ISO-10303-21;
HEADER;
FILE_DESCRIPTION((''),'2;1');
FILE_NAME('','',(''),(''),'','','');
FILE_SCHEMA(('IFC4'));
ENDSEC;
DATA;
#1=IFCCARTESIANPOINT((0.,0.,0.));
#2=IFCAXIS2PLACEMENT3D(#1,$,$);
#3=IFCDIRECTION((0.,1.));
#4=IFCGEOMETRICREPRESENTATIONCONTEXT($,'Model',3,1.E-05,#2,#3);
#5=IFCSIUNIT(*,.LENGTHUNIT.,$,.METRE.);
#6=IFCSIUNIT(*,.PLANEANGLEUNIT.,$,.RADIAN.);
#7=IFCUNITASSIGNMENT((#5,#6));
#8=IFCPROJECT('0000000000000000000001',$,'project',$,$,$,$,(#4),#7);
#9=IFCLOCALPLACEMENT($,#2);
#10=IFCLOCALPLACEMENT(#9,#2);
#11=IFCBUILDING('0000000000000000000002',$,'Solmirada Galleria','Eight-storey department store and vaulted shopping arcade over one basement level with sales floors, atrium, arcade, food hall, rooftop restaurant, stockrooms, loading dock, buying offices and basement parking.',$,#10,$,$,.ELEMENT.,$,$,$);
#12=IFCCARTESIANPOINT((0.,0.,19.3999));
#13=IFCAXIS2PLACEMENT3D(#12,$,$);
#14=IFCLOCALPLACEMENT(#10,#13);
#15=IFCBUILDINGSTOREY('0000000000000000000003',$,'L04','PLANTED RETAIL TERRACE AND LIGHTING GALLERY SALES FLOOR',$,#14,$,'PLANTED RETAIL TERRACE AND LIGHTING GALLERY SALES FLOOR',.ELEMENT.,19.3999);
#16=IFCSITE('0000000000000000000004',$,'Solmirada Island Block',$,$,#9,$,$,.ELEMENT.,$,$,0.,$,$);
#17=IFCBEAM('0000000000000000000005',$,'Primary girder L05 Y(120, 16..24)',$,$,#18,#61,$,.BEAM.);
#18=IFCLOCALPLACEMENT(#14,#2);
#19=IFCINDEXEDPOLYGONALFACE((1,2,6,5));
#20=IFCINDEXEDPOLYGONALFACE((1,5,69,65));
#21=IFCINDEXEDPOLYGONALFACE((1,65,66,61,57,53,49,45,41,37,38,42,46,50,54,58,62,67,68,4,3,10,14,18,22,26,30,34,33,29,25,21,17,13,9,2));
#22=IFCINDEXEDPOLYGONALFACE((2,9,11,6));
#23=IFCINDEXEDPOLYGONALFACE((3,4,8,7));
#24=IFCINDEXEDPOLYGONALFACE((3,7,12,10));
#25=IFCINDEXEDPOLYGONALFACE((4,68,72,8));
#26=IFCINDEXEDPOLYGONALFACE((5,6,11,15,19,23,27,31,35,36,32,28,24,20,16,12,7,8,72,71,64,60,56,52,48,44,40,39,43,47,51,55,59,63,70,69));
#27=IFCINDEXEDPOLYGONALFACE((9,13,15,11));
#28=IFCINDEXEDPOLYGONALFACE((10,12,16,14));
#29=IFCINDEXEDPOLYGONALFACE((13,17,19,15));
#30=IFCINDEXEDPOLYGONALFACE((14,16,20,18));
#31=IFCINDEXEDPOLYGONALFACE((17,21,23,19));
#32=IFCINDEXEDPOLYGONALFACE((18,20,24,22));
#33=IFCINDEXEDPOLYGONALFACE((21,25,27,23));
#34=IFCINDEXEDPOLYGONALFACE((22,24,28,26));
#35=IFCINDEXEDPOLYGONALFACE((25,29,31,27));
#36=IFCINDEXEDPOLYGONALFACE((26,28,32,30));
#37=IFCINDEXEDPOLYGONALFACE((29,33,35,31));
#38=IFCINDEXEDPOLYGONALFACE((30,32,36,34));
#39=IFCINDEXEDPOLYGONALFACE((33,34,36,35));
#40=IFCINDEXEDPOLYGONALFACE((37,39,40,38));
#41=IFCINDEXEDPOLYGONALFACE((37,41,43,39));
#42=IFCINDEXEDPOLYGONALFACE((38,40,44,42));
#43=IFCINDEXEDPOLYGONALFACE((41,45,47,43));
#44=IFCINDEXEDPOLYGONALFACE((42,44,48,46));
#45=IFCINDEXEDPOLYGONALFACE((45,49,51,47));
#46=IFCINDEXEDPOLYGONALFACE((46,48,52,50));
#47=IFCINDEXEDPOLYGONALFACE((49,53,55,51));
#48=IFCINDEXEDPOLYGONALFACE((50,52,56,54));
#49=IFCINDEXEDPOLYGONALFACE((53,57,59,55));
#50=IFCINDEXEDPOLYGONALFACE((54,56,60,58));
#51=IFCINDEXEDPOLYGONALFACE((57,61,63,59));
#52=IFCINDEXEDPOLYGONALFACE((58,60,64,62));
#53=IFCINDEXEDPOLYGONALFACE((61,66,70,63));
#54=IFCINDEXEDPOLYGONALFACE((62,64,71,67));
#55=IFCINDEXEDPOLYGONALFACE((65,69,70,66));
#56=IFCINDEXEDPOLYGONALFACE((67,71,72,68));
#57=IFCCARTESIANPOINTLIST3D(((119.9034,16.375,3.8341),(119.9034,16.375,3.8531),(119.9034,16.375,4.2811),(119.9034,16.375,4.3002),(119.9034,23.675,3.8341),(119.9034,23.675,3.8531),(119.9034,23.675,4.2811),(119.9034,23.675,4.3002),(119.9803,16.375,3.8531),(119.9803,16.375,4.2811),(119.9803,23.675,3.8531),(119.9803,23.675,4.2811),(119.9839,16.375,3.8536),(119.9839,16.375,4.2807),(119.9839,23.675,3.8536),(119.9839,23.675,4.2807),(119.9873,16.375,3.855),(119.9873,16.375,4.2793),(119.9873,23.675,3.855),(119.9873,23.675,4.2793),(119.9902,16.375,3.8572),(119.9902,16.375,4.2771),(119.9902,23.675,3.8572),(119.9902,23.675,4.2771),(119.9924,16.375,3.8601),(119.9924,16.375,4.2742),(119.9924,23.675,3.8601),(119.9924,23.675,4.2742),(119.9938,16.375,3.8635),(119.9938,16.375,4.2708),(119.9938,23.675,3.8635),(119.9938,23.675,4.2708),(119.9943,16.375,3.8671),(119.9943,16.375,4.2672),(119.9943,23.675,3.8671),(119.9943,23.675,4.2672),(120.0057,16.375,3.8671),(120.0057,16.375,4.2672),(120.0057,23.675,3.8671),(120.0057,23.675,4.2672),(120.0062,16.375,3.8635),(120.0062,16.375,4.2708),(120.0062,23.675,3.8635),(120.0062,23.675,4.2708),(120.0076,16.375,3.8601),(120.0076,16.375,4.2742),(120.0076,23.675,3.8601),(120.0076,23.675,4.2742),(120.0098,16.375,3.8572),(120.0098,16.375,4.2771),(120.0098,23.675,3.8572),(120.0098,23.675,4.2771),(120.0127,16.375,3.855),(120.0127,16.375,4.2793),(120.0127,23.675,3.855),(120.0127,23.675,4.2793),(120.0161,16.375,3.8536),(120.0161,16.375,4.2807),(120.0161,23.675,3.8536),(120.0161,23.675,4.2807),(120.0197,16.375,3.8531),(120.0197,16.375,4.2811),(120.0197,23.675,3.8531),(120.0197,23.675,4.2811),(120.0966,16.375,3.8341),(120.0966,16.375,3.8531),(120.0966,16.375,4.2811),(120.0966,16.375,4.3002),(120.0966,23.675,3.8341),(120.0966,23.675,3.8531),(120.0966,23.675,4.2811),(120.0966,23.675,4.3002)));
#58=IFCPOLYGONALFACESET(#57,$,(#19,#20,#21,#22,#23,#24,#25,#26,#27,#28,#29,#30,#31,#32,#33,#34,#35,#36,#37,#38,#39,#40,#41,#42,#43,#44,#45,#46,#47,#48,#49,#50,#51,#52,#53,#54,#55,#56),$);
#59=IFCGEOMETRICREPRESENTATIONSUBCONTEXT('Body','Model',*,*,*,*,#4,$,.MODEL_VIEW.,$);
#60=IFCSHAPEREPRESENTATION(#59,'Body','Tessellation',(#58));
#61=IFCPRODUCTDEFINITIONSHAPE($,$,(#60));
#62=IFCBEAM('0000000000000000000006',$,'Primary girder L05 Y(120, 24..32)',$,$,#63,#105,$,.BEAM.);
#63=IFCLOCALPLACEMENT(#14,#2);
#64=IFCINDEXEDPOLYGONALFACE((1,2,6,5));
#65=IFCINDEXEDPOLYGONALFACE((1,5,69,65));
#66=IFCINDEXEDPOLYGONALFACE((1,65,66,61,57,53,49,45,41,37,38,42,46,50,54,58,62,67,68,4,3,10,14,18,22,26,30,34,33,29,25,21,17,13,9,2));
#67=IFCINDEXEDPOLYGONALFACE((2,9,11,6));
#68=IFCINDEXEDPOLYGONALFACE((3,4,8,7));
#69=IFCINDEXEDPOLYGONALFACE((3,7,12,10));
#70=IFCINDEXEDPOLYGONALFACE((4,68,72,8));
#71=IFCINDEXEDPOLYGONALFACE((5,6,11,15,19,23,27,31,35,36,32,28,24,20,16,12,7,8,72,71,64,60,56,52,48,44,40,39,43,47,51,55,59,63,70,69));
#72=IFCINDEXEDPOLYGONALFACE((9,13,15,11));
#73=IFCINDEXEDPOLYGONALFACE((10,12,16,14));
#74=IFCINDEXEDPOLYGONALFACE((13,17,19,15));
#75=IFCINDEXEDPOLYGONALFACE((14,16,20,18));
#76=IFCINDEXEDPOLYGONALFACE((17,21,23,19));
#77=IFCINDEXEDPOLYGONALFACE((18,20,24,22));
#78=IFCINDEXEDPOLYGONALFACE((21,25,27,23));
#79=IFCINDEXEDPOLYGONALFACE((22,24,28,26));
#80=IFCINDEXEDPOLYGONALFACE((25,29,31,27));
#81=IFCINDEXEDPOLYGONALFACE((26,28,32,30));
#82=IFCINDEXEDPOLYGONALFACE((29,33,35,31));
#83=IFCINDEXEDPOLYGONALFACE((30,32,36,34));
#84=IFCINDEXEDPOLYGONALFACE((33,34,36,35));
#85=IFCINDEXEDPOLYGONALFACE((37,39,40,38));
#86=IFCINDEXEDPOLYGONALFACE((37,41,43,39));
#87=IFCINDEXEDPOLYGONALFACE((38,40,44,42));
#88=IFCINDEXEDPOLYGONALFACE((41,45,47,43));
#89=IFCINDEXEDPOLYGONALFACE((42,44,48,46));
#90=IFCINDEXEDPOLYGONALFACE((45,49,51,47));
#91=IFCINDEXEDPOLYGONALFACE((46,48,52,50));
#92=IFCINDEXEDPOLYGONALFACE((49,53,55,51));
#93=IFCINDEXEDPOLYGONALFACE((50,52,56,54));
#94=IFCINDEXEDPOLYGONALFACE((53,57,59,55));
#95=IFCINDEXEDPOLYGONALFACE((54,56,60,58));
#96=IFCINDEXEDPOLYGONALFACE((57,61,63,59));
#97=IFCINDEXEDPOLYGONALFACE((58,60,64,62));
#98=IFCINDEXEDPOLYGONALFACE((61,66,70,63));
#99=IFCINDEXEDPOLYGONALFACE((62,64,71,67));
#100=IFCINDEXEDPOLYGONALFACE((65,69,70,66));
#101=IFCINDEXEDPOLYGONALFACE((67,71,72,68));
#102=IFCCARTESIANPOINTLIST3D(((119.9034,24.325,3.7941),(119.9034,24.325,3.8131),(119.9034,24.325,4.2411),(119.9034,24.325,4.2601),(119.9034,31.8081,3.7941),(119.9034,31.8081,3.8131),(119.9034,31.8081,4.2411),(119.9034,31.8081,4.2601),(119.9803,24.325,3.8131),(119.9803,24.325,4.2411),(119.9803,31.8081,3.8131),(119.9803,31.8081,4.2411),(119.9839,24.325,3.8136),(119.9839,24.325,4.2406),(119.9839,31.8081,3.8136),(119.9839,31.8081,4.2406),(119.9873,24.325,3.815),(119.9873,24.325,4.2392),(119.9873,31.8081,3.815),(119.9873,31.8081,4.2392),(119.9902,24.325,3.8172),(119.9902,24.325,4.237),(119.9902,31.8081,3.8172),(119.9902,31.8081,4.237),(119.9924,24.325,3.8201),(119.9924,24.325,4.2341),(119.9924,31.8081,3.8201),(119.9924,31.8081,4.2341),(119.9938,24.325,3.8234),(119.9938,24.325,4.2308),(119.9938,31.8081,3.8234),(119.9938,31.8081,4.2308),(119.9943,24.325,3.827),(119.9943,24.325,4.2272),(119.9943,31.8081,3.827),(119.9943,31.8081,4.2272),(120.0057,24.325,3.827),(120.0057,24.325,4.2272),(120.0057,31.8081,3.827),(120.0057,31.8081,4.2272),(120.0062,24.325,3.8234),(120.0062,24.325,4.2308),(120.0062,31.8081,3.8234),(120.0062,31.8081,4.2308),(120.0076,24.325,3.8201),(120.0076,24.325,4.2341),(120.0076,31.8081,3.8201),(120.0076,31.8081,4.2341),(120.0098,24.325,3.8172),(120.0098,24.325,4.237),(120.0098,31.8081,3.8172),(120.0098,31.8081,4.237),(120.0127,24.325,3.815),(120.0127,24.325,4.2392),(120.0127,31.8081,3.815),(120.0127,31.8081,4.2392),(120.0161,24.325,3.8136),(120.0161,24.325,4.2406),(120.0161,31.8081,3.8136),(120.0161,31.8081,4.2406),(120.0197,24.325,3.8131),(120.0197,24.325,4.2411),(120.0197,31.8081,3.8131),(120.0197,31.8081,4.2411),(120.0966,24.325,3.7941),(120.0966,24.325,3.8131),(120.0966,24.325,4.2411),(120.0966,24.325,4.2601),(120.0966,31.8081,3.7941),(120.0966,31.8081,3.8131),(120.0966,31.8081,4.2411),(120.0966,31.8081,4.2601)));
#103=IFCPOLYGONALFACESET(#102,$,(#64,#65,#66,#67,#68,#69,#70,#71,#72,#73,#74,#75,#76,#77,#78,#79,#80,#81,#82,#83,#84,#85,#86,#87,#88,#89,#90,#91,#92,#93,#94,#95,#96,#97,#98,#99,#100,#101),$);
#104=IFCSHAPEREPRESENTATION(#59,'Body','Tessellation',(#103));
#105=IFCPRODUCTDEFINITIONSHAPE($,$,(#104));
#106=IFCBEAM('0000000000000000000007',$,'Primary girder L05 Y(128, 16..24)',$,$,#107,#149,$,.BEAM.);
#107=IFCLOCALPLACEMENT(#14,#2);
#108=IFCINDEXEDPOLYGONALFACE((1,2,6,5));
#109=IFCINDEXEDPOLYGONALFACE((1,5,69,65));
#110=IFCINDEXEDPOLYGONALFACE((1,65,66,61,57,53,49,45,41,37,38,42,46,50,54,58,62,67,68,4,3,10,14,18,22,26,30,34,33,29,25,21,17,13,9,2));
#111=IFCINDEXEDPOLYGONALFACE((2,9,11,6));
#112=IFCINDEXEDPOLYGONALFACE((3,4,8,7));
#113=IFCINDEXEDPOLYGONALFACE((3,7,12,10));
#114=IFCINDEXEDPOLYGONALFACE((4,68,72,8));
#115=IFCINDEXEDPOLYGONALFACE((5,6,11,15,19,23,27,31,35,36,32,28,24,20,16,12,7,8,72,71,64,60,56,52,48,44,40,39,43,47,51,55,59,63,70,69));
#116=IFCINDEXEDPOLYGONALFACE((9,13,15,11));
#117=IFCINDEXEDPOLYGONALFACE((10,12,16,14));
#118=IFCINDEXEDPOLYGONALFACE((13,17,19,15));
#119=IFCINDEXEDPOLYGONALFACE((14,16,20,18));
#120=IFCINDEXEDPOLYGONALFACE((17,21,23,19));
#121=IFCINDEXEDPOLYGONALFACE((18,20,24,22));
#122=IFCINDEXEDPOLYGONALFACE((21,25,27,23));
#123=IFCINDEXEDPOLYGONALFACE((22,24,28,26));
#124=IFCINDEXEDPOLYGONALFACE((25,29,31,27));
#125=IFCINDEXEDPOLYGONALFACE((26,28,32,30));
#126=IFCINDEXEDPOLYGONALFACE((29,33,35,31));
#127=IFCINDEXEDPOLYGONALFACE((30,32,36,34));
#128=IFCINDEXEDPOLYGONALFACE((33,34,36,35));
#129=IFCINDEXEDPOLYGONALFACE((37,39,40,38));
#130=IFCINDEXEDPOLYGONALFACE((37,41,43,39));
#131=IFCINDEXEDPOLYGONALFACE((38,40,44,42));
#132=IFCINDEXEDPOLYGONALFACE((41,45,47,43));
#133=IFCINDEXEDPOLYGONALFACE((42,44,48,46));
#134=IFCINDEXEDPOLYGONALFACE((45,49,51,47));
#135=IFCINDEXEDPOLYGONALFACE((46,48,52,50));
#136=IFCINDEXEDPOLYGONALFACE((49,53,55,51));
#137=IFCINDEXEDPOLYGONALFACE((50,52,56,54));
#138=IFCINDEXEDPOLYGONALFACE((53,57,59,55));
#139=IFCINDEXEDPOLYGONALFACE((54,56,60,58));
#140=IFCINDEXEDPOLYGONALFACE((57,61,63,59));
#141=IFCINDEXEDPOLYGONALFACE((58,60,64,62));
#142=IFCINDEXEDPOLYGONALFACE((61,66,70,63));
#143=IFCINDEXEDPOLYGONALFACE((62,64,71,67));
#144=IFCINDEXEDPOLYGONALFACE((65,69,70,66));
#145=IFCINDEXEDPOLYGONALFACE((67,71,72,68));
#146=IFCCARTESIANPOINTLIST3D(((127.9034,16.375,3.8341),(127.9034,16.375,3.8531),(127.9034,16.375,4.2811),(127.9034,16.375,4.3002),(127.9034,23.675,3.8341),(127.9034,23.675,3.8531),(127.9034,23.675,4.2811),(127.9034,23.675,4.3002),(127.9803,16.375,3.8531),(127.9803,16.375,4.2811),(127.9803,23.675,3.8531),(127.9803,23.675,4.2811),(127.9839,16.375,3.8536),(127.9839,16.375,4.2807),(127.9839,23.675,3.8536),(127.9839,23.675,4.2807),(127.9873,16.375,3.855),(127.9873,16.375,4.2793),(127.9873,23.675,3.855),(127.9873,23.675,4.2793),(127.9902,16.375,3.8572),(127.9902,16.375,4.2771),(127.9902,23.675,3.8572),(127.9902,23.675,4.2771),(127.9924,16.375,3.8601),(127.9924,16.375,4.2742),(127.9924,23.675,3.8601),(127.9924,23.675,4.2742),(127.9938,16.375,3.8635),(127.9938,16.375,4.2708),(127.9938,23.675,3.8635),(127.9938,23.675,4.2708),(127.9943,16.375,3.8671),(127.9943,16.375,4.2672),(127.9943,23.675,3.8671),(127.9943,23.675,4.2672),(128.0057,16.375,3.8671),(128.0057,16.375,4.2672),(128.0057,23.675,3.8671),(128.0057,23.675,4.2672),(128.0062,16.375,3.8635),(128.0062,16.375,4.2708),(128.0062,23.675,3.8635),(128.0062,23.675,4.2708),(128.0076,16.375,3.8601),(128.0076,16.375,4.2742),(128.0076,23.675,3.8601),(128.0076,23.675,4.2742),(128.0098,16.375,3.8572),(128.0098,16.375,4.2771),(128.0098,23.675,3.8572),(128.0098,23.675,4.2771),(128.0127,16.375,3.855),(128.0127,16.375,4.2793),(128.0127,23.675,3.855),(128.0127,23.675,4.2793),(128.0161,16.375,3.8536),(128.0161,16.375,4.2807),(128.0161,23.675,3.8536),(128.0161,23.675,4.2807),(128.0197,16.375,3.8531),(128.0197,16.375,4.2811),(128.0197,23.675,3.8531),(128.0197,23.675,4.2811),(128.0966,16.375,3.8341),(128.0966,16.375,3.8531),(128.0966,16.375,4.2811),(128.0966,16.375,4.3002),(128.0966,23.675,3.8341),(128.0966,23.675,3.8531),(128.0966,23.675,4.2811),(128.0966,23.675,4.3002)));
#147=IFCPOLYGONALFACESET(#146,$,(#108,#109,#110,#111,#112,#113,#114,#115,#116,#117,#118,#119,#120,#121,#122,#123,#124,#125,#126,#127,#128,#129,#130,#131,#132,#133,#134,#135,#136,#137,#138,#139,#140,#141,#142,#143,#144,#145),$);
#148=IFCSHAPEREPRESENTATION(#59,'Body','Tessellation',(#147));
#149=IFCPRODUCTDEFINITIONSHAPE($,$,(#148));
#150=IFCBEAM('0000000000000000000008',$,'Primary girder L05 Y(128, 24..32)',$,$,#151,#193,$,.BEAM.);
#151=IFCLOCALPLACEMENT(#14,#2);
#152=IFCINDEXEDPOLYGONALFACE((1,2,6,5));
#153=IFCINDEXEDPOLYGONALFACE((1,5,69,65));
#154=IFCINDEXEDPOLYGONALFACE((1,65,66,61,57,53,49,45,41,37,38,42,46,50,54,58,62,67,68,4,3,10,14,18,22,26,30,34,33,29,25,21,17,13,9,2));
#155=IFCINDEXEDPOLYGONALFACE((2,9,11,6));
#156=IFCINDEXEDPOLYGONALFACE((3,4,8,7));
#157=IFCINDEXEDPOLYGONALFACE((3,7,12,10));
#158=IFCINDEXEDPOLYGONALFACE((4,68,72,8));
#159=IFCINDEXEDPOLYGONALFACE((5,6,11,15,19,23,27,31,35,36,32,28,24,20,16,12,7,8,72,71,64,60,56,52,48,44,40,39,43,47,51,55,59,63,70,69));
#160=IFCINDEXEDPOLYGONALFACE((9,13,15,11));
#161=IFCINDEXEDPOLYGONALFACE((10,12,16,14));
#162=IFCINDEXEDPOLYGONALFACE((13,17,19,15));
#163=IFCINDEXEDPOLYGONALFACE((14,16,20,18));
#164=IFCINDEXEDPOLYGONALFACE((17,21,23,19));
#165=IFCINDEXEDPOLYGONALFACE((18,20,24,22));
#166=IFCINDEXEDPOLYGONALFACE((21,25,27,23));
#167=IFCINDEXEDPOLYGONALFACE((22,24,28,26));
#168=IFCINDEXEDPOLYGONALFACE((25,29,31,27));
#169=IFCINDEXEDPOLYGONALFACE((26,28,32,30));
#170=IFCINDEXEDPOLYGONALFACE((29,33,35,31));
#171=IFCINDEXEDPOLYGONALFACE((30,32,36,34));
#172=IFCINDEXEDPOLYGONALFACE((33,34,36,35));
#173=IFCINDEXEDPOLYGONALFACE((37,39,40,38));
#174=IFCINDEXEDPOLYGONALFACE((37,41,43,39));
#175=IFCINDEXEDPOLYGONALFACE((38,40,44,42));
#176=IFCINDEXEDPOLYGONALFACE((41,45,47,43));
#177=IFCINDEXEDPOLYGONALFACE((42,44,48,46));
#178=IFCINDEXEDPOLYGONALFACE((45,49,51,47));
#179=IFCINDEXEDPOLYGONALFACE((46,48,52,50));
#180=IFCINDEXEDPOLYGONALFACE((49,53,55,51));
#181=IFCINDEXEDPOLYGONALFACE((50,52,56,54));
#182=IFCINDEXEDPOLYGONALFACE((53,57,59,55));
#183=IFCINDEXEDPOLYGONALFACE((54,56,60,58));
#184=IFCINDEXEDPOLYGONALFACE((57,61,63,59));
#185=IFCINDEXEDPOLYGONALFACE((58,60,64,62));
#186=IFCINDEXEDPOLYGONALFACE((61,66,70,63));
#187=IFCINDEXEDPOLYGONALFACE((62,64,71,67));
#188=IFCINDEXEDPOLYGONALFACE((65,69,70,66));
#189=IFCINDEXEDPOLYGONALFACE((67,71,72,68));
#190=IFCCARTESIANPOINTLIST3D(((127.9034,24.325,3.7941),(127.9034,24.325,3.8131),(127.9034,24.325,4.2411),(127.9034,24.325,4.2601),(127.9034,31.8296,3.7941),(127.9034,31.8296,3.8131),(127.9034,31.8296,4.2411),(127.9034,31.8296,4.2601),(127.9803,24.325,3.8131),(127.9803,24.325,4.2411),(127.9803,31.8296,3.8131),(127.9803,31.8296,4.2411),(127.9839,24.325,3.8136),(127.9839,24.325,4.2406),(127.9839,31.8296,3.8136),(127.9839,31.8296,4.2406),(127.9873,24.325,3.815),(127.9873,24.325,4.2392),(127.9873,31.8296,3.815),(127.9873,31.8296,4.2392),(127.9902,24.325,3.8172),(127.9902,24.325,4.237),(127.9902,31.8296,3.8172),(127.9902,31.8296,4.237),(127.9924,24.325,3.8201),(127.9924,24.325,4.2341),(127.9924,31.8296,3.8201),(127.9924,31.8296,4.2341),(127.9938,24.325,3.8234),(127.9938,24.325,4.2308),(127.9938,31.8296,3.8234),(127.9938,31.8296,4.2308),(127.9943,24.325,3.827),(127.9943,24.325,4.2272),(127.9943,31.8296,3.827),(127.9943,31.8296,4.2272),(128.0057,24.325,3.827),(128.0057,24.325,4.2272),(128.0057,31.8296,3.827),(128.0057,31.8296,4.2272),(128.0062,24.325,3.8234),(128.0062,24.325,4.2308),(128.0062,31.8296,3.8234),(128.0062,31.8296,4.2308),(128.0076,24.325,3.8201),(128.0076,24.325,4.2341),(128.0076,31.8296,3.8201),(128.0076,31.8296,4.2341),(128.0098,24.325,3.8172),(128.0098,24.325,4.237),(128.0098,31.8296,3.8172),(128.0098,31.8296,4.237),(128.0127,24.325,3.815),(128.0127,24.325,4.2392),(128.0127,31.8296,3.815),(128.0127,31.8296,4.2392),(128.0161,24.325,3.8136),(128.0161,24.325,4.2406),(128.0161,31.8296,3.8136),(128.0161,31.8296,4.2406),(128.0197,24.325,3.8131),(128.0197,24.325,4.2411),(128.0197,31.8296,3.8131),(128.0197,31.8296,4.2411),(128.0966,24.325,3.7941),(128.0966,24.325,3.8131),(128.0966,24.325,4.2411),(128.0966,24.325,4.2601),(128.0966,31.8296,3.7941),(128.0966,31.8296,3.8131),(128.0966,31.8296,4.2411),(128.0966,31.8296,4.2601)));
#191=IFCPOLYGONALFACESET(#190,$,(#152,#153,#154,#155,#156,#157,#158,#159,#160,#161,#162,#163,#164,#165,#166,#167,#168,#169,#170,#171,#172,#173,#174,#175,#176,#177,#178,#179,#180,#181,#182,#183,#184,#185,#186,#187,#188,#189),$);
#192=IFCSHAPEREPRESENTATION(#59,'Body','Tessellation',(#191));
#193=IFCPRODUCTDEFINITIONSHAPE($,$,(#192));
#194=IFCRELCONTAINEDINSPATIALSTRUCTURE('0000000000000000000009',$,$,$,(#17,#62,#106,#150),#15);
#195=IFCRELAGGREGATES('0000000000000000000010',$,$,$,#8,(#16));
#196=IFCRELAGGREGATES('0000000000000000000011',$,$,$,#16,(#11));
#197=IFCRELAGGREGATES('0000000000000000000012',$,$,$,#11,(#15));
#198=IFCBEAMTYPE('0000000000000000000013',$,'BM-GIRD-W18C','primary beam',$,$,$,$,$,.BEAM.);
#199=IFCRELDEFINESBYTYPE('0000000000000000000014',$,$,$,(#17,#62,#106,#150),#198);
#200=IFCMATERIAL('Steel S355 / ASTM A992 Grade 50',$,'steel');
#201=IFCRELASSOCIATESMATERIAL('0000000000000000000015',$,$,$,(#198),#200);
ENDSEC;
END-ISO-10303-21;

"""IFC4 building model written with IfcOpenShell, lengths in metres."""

from ifc_helpers import new_model, si_unit, direction, frame, origin, origin_2d, place, context, subcontext, project, spatial, i_section, extrude, material, material_profile, profile_set, type_object, element, save


model = new_model("IFC4")

# Units and contexts
model_context = context("Model", 3, precision=1e-05, world=origin(), true_north=direction((0.0, 1.0)))
body_context = subcontext(model_context, "Body", "Model", "MODEL_VIEW")
ifc_project = project(units=[si_unit("LENGTHUNIT", "METRE"), si_unit("PLANEANGLEUNIT", "RADIAN")], contexts=[model_context])

# Site, building, storey
site_placement = place(None, origin())
site = spatial("IfcSite", under=ifc_project, at=site_placement, Name="Solmirada Island Block", CompositionType="ELEMENT", RefElevation=0.0)
building_placement = place(site_placement, origin())
building = spatial("IfcBuilding", under=site, at=building_placement, Name="Solmirada Galleria", Description="Eight-storey department store and vaulted shopping arcade over one basement level with sales floors, atrium, arcade, food hall, rooftop restaurant, stockrooms, loading dock, buying offices and basement parking.", CompositionType="ELEMENT")
storey_placement = place(building_placement, frame((0.0, 0.0, 19.3999)))
storey = spatial("IfcBuildingStorey", under=building, at=storey_placement, Name="L04", Description="PLANTED RETAIL TERRACE AND LIGHTING GALLERY SALES FLOOR", LongName="PLANTED RETAIL TERRACE AND LIGHTING GALLERY SALES FLOOR", CompositionType="ELEMENT", Elevation=19.3999)

# Beams
ifc_material_1 = material(Name="Steel S355 / ASTM A992 Grade 50", Category="steel")
ifc_material_profile_1 = material_profile(ifc_material_1, i_section(OverallWidth=0.1931, OverallDepth=0.4661, WebThickness=0.0115, FlangeThickness=0.019, FilletRadius=0.0139, at=origin_2d()), Name="W18X65")
ifc_profile_set_1 = profile_set([ifc_material_profile_1], Name="Steel S355 / ASTM A992 Grade 50")
beam_type_1 = type_object("IfcBeamType", Name="BM-GIRD-W18C", Description="primary beam", PredefinedType="BEAM", material=ifc_profile_set_1)
beam_1_placement = place(storey_placement, frame((120.0, 16.375, 4.0671), z_axis=(0.0, 1.0, 0.0), x_axis=(-1.0, 0.0, 0.0)))
element("IfcBeam", 1, at=beam_1_placement, inside=storey, type_object=beam_type_1, Name="Primary girder L05 Y(120, 16..24)", PredefinedType="BEAM", context=body_context, shape_type="SweptSolid", body=[
    extrude(i_section(OverallWidth=0.1931, OverallDepth=0.4661, WebThickness=0.0115, FlangeThickness=0.019, FilletRadius=0.0139, at=origin_2d()), origin(), (0.0, 0.0, 1.0), 7.3),
])
beam_2_placement = place(storey_placement, frame((120.0, 24.325, 4.0271), z_axis=(0.0, 1.0, 0.0), x_axis=(-1.0, 0.0, 0.0)))
element("IfcBeam", 2, at=beam_2_placement, inside=storey, type_object=beam_type_1, Name="Primary girder L05 Y(120, 24..32)", PredefinedType="BEAM", context=body_context, shape_type="SweptSolid", body=[
    extrude(i_section(OverallWidth=0.1931, OverallDepth=0.4661, WebThickness=0.0115, FlangeThickness=0.019, FilletRadius=0.0139, at=origin_2d()), origin(), (0.0, 0.0, 1.0), 7.4832),
])
beam_3_placement = place(storey_placement, frame((128.0, 16.375, 4.0671), z_axis=(0.0, 1.0, 0.0), x_axis=(-1.0, 0.0, 0.0)))
element("IfcBeam", 3, at=beam_3_placement, inside=storey, type_object=beam_type_1, Name="Primary girder L05 Y(128, 16..24)", PredefinedType="BEAM", context=body_context, shape_type="SweptSolid", body=[
    extrude(i_section(OverallWidth=0.1931, OverallDepth=0.4661, WebThickness=0.0115, FlangeThickness=0.019, FilletRadius=0.0139, at=origin_2d()), origin(), (0.0, 0.0, 1.0), 7.3),
])
beam_4_placement = place(storey_placement, frame((128.0, 24.325, 4.0271), z_axis=(0.0, 1.0, 0.0), x_axis=(-1.0, 0.0, 0.0)))
element("IfcBeam", 4, at=beam_4_placement, inside=storey, type_object=beam_type_1, Name="Primary girder L05 Y(128, 24..32)", PredefinedType="BEAM", context=body_context, shape_type="SweptSolid", body=[
    extrude(i_section(OverallWidth=0.1931, OverallDepth=0.4661, WebThickness=0.0115, FlangeThickness=0.019, FilletRadius=0.0139, at=origin_2d()), origin(), (0.0, 0.0, 1.0), 7.5046),
])

save(model, "model.ifc")
